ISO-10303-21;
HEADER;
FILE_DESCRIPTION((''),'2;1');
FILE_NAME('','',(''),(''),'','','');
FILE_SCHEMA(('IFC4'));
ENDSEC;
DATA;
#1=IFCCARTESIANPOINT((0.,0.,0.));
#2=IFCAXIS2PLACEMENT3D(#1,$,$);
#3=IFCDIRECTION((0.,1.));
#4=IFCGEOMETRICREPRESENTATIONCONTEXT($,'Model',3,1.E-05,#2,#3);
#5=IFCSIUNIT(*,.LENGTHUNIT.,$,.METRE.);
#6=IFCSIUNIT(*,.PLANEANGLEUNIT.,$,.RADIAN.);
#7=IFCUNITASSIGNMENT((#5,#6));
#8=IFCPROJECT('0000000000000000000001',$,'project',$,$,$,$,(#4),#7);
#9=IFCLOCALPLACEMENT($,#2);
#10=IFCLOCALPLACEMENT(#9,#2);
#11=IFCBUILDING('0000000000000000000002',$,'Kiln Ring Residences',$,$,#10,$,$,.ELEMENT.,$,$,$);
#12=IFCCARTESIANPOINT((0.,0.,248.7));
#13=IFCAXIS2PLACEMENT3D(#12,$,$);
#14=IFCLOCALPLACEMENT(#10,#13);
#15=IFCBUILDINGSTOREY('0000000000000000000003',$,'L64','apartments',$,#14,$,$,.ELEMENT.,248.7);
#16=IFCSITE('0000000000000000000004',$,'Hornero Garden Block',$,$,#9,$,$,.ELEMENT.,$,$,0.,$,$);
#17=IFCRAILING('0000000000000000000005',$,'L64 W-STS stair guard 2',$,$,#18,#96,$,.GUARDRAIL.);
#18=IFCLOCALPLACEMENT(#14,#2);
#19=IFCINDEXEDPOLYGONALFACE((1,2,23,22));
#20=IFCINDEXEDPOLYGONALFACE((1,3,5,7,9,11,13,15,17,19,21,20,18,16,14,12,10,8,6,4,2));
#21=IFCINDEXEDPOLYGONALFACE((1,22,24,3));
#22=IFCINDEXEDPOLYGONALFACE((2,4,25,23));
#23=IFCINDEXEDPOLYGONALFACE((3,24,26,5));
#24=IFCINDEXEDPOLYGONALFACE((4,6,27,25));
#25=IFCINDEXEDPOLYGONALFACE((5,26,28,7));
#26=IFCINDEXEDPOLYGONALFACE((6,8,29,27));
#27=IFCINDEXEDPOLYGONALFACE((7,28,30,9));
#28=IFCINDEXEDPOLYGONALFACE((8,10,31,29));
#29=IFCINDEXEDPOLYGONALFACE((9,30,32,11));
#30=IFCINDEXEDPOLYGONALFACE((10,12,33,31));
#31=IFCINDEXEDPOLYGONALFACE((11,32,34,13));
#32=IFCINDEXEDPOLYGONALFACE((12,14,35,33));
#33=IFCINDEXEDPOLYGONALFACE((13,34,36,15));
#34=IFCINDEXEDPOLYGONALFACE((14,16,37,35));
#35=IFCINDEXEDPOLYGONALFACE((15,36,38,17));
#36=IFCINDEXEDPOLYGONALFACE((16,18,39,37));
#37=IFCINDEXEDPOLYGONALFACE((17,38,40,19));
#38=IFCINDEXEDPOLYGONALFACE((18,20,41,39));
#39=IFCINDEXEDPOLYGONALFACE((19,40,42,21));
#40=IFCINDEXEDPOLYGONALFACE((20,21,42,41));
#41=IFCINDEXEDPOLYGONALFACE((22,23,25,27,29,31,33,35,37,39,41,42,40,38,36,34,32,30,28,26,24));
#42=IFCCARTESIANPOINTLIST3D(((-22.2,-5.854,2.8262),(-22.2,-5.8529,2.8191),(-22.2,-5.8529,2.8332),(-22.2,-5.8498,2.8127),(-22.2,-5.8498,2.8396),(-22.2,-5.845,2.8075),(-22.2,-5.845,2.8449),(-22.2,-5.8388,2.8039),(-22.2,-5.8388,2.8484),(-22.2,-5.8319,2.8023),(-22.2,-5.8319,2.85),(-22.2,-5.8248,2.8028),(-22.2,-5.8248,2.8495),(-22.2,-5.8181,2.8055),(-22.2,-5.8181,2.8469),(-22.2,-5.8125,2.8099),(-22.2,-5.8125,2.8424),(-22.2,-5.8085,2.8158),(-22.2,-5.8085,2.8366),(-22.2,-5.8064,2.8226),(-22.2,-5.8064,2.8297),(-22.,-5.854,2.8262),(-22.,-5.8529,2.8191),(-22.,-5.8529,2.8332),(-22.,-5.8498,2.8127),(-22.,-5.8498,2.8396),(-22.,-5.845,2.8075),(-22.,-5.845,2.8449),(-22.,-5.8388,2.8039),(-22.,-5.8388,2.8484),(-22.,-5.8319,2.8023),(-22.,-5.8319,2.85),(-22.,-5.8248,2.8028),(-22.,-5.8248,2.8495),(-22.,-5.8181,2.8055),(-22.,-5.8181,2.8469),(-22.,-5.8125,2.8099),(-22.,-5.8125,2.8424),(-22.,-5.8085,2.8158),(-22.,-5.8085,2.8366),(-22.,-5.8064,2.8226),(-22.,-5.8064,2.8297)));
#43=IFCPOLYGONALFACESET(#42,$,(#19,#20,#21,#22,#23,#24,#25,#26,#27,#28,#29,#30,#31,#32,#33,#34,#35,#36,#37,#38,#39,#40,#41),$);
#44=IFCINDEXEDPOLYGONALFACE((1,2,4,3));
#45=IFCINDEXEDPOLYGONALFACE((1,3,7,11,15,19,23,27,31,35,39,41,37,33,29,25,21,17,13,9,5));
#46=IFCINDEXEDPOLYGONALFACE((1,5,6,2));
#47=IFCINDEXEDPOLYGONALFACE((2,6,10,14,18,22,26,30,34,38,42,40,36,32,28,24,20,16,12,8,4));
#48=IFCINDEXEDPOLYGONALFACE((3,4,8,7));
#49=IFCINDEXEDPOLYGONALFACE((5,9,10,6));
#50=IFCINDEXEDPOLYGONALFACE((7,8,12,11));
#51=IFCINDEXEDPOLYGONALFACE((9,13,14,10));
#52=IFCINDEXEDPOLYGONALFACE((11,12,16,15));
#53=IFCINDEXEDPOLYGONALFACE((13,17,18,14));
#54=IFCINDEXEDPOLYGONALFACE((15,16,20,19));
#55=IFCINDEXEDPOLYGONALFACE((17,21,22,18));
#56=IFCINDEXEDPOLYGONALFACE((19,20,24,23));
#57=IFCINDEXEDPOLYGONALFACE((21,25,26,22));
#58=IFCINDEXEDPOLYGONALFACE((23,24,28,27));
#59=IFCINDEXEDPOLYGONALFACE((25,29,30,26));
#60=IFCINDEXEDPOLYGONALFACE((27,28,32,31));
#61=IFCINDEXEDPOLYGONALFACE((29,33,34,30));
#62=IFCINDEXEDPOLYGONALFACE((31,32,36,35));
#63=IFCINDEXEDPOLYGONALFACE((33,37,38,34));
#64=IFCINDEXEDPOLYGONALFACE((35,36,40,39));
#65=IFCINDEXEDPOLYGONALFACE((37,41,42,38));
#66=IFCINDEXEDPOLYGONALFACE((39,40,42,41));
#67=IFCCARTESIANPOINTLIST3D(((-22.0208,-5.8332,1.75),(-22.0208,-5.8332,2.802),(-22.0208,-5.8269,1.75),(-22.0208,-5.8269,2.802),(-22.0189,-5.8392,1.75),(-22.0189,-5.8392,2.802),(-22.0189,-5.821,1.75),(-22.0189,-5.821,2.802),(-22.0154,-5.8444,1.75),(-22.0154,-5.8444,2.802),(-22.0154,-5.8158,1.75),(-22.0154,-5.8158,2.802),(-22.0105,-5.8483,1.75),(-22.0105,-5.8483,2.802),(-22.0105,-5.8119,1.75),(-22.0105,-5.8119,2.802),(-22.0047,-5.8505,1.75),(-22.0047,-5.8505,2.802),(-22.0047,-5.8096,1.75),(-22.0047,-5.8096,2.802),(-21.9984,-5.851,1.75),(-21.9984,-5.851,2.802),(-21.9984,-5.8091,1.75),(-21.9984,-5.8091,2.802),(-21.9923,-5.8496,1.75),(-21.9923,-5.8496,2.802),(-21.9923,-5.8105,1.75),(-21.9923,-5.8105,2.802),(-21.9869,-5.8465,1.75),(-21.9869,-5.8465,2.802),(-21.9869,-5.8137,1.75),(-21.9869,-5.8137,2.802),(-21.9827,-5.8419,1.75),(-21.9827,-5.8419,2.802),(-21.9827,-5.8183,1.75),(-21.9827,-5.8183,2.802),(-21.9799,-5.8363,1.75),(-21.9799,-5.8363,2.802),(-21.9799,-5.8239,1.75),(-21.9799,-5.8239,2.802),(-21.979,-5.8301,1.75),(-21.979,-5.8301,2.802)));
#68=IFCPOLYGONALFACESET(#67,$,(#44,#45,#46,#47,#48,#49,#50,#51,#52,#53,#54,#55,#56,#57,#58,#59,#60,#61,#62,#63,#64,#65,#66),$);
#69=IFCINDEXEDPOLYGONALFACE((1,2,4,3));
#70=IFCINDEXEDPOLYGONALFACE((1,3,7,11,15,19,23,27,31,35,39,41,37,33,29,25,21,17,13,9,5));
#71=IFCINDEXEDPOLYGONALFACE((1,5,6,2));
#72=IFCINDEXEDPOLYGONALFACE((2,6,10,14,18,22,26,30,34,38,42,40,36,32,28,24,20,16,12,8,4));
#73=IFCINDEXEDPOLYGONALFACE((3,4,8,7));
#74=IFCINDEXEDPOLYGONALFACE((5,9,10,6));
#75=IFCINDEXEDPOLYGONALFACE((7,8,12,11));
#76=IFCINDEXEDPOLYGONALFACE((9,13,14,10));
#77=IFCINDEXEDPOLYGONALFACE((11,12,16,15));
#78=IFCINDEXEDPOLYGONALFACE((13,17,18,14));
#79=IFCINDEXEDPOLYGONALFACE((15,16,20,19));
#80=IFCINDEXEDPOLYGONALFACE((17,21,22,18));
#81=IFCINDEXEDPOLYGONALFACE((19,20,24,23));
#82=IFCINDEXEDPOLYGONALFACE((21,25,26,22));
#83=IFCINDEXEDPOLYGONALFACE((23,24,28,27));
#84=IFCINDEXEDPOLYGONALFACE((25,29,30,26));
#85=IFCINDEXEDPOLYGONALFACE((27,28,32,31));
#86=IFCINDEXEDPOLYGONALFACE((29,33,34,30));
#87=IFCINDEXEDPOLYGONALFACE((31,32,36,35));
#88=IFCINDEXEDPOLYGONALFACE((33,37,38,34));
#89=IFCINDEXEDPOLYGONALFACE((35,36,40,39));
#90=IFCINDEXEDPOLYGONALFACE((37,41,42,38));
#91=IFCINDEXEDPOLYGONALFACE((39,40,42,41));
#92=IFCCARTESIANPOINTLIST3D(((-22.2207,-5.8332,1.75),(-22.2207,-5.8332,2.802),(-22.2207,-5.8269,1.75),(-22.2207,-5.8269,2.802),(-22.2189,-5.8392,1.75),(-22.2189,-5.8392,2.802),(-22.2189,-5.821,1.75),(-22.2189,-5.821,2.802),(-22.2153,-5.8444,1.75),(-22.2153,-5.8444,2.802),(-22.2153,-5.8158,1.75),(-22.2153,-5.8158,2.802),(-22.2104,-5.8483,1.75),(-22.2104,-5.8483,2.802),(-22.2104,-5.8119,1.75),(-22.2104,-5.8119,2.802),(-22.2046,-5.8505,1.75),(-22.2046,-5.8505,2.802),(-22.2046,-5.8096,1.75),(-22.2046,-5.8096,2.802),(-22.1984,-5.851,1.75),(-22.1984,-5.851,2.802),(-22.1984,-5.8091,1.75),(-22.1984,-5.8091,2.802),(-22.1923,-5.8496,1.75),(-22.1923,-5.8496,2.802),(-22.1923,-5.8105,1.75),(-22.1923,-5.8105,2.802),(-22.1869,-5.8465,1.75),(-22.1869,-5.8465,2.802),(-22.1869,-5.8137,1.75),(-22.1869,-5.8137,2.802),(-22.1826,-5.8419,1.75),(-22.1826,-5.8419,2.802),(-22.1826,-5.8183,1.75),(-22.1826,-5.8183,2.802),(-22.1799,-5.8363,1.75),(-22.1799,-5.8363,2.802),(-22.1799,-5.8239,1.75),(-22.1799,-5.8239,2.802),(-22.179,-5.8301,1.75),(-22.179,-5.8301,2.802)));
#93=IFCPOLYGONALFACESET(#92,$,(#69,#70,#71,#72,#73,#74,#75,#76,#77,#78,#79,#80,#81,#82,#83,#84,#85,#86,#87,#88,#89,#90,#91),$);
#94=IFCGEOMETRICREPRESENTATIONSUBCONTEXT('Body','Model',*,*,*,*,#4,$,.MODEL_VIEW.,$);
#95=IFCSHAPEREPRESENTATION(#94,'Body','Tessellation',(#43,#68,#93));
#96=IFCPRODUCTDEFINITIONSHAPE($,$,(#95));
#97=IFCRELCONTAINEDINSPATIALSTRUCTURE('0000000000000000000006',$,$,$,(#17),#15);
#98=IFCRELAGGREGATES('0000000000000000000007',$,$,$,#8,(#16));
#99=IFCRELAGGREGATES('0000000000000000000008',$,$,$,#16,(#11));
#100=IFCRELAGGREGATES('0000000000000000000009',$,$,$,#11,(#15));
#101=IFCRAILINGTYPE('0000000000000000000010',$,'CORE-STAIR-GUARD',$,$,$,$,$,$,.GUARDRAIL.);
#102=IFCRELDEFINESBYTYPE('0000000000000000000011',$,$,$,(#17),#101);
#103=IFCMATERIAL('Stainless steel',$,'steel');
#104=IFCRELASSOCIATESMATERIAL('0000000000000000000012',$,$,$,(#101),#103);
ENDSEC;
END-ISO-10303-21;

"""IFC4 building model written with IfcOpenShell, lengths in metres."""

from ifc_helpers import new_model, si_unit, direction, frame, origin, origin_2d, place, context, subcontext, project, spatial, circle, extrude, material, type_object, element, save


model = new_model("IFC4")

# Units and contexts
model_context = context("Model", 3, precision=1e-05, world=origin(), true_north=direction((0.0, 1.0)))
body_context = subcontext(model_context, "Body", "Model", "MODEL_VIEW")
ifc_project = project(units=[si_unit("LENGTHUNIT", "METRE"), si_unit("PLANEANGLEUNIT", "RADIAN")], contexts=[model_context])

# Site, building, storey
site_placement = place(None, origin())
site = spatial("IfcSite", under=ifc_project, at=site_placement, Name="Hornero Garden Block", CompositionType="ELEMENT", RefElevation=0.0)
building_placement = place(site_placement, origin())
building = spatial("IfcBuilding", under=site, at=building_placement, Name="Kiln Ring Residences", CompositionType="ELEMENT")
storey_placement = place(building_placement, frame((0.0, 0.0, 248.7)))
storey = spatial("IfcBuildingStorey", under=building, at=storey_placement, Name="L64", Description="apartments", CompositionType="ELEMENT", Elevation=248.7)

# Railing
ifc_material_1 = material(Name="Stainless steel", Category="steel")
railing_type_1 = type_object("IfcRailingType", Name="CORE-STAIR-GUARD", PredefinedType="GUARDRAIL", material=ifc_material_1)
railing_1_placement = place(storey_placement, frame((-22.0, -5.8301, 1.75)))
element("IfcRailing", 1, at=railing_1_placement, inside=storey, type_object=railing_type_1, Name="L64 W-STS stair guard 2", PredefinedType="GUARDRAIL", context=body_context, shape_type="SweptSolid", body=[
    extrude(circle(Radius=0.0239, at=origin_2d()), frame((0.0, 0.0, 1.0762), z_axis=(-1.0, 0.0, 0.0), x_axis=(0.0, -1.0, 0.0)), (0.0, 0.0, 1.0), 0.2),
    extrude(circle(Radius=0.021, at=origin_2d()), origin(), (0.0, 0.0, 1.0), 1.052),
    extrude(circle(Radius=0.021, at=origin_2d()), frame((-0.2, 0.0, 0.0)), (0.0, 0.0, 1.0), 1.052),
])

save(model, "model.ifc")
